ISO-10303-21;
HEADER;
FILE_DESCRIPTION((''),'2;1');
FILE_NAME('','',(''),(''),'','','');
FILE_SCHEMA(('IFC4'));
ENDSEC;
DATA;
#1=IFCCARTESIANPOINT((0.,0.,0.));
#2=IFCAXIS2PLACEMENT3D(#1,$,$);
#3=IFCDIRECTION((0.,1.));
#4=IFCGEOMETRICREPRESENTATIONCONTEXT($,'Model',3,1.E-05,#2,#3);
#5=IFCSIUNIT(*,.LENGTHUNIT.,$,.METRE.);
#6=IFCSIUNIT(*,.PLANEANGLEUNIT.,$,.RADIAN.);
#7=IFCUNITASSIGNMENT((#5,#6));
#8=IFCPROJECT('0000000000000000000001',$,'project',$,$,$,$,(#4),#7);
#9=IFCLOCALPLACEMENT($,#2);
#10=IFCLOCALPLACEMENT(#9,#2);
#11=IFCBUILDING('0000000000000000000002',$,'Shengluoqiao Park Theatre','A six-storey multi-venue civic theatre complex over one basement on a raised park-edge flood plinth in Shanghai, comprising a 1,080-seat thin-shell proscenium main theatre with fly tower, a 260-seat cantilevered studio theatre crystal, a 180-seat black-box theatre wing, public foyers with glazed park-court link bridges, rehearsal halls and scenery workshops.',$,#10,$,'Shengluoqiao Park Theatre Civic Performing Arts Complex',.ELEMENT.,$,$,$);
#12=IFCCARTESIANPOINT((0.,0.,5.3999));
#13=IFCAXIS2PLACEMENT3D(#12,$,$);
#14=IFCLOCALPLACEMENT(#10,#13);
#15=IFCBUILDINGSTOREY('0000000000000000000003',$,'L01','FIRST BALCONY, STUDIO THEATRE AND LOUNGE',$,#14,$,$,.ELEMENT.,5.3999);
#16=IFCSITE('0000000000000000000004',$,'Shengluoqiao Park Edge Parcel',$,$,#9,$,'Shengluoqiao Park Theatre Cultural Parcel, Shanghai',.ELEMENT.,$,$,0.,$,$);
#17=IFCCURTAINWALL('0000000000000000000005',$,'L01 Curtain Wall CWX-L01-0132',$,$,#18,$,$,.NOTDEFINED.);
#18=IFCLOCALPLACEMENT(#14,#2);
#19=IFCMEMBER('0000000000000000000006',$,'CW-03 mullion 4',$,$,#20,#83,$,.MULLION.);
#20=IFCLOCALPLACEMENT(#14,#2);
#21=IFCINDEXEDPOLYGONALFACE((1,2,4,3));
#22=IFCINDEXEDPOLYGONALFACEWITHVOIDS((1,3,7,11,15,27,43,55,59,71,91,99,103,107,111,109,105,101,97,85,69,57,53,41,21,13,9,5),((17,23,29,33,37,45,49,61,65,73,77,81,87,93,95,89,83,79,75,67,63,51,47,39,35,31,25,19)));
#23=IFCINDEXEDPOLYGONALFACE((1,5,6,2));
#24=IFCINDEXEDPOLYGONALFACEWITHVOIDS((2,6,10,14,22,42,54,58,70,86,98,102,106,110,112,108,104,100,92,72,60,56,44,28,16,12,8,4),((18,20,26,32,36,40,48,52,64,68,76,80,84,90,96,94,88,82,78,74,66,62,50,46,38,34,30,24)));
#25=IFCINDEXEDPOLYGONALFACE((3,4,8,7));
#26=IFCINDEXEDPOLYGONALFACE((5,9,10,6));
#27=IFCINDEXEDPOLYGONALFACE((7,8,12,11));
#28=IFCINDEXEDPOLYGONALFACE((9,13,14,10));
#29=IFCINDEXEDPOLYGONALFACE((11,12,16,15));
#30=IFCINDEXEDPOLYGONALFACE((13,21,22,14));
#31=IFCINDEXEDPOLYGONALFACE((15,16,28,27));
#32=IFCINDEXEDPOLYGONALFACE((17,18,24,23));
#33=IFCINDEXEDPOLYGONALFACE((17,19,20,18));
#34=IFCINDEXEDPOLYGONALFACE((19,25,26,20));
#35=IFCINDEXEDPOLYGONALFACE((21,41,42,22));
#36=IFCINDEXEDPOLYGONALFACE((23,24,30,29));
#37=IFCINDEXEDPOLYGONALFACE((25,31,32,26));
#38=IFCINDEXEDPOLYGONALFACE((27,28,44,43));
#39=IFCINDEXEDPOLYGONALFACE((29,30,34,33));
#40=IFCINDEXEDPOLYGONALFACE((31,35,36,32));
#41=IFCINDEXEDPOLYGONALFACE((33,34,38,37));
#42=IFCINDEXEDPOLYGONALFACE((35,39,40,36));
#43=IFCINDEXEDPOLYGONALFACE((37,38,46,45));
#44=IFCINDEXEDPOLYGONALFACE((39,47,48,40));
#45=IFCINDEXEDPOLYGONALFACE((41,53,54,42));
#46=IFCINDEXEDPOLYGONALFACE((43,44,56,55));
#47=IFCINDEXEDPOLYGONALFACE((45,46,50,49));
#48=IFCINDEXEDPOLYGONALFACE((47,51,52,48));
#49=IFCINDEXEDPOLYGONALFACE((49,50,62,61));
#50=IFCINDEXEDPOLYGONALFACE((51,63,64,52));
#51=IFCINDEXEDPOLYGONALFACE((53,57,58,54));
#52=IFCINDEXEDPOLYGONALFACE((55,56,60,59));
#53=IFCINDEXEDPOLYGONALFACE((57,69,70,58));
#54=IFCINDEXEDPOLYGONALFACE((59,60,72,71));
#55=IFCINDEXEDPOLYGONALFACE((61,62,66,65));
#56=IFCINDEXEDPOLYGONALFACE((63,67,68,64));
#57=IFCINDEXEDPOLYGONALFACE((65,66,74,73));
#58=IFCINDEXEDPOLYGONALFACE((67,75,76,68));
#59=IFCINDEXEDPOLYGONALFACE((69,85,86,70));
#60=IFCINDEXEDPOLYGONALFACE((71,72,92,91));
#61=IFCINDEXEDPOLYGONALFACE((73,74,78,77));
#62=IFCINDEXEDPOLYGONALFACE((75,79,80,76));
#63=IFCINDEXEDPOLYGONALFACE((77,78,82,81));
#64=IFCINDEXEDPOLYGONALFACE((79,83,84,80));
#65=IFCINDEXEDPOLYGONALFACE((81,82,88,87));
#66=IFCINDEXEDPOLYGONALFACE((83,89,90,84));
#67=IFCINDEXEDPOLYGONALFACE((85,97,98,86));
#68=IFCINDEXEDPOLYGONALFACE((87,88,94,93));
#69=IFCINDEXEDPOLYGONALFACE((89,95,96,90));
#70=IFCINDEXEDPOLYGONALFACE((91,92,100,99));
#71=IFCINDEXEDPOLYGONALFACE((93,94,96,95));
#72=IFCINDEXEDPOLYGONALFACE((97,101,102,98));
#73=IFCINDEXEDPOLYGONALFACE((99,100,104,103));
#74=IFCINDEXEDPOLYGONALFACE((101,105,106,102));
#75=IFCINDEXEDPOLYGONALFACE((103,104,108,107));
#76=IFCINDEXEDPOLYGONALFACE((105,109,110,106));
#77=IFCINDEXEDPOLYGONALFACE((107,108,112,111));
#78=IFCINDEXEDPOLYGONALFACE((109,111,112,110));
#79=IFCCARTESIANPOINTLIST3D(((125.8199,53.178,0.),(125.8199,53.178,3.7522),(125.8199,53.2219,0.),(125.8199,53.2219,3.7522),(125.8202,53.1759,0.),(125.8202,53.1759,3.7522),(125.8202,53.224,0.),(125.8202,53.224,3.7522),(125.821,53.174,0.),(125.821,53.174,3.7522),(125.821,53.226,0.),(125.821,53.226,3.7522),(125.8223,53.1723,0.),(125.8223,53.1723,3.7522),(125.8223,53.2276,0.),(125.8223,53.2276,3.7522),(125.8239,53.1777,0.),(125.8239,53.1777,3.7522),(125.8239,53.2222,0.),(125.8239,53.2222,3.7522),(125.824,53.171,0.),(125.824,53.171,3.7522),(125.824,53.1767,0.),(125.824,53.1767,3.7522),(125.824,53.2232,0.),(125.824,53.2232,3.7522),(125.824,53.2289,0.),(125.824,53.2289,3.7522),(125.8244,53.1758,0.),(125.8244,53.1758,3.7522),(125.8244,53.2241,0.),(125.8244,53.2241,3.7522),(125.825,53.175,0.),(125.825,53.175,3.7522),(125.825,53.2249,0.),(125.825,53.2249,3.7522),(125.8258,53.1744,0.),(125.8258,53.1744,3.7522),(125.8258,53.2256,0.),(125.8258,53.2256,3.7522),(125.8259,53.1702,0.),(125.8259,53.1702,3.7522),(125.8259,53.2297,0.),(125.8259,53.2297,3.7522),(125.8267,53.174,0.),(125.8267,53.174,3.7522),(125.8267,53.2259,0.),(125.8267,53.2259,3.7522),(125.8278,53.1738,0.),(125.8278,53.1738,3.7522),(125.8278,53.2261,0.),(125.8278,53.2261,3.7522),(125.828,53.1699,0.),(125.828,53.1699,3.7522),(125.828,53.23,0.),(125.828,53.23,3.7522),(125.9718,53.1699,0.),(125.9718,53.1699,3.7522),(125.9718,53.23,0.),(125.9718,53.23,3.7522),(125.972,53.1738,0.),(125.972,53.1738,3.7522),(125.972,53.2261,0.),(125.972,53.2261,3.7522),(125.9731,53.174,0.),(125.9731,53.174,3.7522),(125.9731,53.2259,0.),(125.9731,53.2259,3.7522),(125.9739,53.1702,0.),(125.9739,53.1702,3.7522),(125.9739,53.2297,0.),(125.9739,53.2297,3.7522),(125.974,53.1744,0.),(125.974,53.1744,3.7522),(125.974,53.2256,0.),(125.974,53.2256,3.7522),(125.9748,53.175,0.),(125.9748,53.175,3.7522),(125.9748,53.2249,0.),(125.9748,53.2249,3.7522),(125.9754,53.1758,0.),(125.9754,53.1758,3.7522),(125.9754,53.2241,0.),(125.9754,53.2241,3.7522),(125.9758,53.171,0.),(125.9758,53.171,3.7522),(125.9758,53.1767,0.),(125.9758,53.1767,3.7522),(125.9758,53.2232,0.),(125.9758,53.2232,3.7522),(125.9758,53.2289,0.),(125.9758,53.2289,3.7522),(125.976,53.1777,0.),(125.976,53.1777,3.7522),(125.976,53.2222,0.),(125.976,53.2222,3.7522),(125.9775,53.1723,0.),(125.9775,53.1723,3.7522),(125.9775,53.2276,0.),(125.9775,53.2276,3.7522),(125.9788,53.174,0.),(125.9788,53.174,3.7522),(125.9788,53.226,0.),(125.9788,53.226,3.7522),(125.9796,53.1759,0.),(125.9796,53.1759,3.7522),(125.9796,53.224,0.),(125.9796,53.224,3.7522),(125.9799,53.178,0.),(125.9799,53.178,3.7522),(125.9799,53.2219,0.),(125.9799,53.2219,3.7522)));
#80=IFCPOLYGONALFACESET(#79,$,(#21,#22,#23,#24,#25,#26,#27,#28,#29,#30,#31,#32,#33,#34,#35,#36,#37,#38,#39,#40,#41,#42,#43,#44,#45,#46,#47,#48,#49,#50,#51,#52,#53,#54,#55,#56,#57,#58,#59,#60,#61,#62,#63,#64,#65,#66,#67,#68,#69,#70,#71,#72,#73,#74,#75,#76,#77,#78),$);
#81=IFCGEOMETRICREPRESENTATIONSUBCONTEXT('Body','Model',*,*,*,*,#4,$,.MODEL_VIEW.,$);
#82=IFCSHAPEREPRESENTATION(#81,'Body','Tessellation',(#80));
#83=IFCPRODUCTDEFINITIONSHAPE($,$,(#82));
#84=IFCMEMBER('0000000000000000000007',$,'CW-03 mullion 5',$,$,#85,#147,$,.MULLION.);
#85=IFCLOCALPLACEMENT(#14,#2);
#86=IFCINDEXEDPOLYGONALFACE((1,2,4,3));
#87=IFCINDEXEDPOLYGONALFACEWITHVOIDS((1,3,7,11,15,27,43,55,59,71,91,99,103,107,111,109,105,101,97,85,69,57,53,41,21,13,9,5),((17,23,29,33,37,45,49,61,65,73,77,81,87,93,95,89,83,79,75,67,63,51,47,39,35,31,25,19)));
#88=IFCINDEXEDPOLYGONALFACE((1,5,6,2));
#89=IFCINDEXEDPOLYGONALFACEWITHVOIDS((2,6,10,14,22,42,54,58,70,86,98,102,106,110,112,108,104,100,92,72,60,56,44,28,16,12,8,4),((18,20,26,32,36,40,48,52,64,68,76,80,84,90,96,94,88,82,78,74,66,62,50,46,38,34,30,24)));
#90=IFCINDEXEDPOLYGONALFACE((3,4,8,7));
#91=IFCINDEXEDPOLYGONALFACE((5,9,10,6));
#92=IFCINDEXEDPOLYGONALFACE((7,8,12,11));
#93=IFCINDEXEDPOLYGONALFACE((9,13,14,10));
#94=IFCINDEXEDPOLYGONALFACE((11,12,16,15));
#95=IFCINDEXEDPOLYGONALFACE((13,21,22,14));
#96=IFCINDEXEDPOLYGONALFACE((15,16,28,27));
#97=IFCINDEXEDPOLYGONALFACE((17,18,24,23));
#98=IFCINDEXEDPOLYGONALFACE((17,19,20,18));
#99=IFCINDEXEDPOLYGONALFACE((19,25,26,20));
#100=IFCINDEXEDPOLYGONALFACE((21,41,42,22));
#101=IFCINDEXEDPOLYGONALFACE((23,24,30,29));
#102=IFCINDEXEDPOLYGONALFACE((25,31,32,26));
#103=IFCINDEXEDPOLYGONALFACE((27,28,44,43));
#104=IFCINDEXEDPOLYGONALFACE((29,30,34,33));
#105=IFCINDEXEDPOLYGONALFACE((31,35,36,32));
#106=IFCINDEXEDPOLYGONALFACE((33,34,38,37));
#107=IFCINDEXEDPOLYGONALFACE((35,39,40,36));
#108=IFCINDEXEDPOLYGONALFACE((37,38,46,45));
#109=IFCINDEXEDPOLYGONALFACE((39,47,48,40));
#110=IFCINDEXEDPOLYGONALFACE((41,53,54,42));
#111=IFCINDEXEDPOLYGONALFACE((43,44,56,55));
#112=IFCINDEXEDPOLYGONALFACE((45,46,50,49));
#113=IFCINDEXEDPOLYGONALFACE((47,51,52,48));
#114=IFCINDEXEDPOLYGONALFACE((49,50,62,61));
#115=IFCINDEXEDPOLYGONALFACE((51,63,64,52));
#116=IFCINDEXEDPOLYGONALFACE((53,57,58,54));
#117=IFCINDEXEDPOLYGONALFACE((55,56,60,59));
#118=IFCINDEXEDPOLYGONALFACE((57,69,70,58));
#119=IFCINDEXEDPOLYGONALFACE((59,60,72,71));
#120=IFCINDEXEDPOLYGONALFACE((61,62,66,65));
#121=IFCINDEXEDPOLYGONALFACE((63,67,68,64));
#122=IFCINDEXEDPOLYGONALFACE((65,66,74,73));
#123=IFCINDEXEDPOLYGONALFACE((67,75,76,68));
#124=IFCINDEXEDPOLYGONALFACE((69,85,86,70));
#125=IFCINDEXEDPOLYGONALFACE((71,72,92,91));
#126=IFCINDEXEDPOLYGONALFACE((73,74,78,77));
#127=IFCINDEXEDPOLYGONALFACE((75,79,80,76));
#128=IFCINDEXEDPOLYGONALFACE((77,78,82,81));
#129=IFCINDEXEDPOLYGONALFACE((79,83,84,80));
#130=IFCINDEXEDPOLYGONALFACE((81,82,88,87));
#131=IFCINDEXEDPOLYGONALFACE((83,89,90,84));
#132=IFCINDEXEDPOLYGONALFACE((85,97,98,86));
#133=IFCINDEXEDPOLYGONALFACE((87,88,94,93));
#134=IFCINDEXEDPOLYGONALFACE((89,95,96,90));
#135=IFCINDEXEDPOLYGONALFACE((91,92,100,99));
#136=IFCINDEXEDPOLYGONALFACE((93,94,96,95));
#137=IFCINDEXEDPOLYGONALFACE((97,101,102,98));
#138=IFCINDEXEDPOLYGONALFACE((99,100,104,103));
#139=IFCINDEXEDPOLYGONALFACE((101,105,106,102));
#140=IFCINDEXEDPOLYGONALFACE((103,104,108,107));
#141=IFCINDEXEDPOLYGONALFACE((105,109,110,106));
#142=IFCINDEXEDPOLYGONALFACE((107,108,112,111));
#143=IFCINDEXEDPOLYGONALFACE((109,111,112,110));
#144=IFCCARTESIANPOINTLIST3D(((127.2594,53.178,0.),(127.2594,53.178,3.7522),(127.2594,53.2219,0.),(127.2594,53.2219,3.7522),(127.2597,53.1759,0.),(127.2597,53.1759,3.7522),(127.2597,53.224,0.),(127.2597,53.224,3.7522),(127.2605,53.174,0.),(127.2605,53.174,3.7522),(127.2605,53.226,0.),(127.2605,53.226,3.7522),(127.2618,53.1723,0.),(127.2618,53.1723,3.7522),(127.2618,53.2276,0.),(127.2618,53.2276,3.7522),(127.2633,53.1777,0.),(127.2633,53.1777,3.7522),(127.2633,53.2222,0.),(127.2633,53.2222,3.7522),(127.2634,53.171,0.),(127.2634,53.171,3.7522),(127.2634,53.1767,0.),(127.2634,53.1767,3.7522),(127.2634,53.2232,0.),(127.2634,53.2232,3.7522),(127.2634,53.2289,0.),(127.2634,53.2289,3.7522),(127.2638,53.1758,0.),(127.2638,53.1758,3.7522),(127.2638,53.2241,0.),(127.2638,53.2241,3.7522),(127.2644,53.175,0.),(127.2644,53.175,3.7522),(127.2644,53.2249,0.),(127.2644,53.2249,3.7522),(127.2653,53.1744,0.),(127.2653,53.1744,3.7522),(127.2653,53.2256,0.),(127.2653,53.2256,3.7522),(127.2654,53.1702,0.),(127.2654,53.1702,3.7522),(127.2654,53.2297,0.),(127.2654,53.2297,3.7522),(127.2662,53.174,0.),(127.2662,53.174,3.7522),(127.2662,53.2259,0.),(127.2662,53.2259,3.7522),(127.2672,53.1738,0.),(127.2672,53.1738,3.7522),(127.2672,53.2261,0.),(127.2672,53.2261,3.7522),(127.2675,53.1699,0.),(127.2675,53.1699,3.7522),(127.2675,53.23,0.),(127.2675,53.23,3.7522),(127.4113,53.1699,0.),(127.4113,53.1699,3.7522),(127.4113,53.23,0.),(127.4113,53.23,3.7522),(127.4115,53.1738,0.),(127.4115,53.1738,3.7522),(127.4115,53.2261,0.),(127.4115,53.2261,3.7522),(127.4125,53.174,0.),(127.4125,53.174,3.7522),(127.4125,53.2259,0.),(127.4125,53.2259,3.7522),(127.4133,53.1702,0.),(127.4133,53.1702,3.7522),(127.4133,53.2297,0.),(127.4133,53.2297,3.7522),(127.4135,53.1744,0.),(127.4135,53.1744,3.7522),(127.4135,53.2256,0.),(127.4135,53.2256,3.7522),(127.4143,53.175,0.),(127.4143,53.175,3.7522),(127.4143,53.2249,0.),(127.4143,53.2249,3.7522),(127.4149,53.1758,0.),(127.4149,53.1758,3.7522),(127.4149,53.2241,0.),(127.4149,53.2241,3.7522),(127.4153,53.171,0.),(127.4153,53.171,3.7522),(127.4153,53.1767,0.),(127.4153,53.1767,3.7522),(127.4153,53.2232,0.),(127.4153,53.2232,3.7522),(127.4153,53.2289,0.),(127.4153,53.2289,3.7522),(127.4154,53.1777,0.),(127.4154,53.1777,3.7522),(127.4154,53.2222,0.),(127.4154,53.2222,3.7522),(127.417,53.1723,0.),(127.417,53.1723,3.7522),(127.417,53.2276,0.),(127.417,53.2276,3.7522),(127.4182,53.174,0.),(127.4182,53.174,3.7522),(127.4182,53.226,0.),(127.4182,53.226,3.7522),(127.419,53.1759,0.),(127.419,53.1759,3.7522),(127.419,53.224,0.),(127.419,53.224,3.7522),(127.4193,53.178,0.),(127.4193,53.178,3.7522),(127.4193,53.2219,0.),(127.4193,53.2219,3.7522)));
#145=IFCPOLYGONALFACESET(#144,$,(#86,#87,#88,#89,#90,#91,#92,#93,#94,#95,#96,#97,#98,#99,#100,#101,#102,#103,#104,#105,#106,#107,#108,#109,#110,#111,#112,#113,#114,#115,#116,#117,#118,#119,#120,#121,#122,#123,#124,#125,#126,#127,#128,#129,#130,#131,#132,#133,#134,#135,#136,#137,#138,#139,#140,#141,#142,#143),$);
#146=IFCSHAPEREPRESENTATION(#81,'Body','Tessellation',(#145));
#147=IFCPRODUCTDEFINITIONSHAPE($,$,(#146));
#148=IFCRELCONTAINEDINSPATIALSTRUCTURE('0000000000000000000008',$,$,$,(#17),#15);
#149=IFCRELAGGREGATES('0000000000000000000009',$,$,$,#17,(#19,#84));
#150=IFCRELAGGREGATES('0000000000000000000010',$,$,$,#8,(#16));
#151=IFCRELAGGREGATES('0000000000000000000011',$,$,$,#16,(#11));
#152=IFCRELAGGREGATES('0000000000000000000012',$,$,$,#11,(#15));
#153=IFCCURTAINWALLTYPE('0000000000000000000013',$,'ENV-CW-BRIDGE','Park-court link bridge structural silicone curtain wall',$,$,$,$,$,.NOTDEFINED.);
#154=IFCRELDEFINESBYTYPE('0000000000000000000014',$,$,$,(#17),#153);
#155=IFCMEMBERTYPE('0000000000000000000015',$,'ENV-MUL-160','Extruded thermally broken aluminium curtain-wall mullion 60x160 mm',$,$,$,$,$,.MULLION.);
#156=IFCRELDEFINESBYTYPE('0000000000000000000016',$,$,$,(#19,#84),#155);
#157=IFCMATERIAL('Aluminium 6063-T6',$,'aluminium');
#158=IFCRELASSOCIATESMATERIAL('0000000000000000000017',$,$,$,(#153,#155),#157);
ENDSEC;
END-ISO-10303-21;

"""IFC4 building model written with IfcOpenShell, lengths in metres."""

from ifc_helpers import new_model, si_unit, direction, frame, origin, origin_2d, place, context, subcontext, project, spatial, hollow_rectangle, extrude, material, material_profile, profile_set, type_object, element, aggregate, save


model = new_model("IFC4")

# Units and contexts
model_context = context("Model", 3, precision=1e-05, world=origin(), true_north=direction((0.0, 1.0)))
body_context = subcontext(model_context, "Body", "Model", "MODEL_VIEW")
ifc_project = project(units=[si_unit("LENGTHUNIT", "METRE"), si_unit("PLANEANGLEUNIT", "RADIAN")], contexts=[model_context])

# Site, building, storey
site_placement = place(None, origin())
site = spatial("IfcSite", under=ifc_project, at=site_placement, Name="Shengluoqiao Park Edge Parcel", LongName="Shengluoqiao Park Theatre Cultural Parcel, Shanghai", CompositionType="ELEMENT", RefElevation=0.0)
building_placement = place(site_placement, origin())
building = spatial("IfcBuilding", under=site, at=building_placement, Name="Shengluoqiao Park Theatre", Description="A six-storey multi-venue civic theatre complex over one basement on a raised park-edge flood plinth in Shanghai, comprising a 1,080-seat thin-shell proscenium main theatre with fly tower, a 260-seat cantilevered studio theatre crystal, a 180-seat black-box theatre wing, public foyers with glazed park-court link bridges, rehearsal halls and scenery workshops.", LongName="Shengluoqiao Park Theatre Civic Performing Arts Complex", CompositionType="ELEMENT")
storey_placement = place(building_placement, frame((0.0, 0.0, 5.3999)))
storey = spatial("IfcBuildingStorey", under=building, at=storey_placement, Name="L01", Description="FIRST BALCONY, STUDIO THEATRE AND LOUNGE", CompositionType="ELEMENT", Elevation=5.3999)

# Curtain wall, members
ifc_material_1 = material(Name="Aluminium 6063-T6", Category="aluminium")
curtain_wall_type = type_object("IfcCurtainWallType", Name="ENV-CW-BRIDGE", Description="Park-court link bridge structural silicone curtain wall", PredefinedType="NOTDEFINED", material=ifc_material_1)
curtain_wall_placement = place(storey_placement, origin())
curtain_wall = element("IfcCurtainWall", 1, at=curtain_wall_placement, inside=storey, type_object=curtain_wall_type, Name="L01 Curtain Wall CWX-L01-0132", PredefinedType="NOTDEFINED")
ifc_material_profile_1 = material_profile(ifc_material_1, hollow_rectangle(XDim=0.0601, YDim=0.1599, WallThickness=0.0039, InnerFilletRadius=0.0039, OuterFilletRadius=0.0081, at=origin_2d()), Name="ALU MULLION 160x60x4")
ifc_profile_set_1 = profile_set([ifc_material_profile_1], Name="Aluminium 6063-T6")
member_type_1 = type_object("IfcMemberType", Name="ENV-MUL-160", Description="Extruded thermally broken aluminium curtain-wall mullion 60x160 mm", PredefinedType="MULLION", material=ifc_profile_set_1)
member_1_placement = place(storey_placement, frame((125.8999, 53.2, 0.0), z_axis=(0.0, 0.0, 1.0), x_axis=(0.0, 1.0, 0.0)))
member_1 = element("IfcMember", 2, at=member_1_placement, type_object=member_type_1, Name="CW-03 mullion 4", PredefinedType="MULLION", context=body_context, shape_type="SweptSolid", body=[
    extrude(hollow_rectangle(XDim=0.0601, YDim=0.1599, WallThickness=0.0039, InnerFilletRadius=0.0039, OuterFilletRadius=0.0081, at=origin_2d()), origin(), (0.0, 0.0, 1.0), 3.7522),
])
member_2_placement = place(storey_placement, frame((127.3394, 53.2, 0.0), z_axis=(0.0, 0.0, 1.0), x_axis=(0.0, 1.0, 0.0)))
member_2 = element("IfcMember", 3, at=member_2_placement, type_object=member_type_1, Name="CW-03 mullion 5", PredefinedType="MULLION", context=body_context, shape_type="SweptSolid", body=[
    extrude(hollow_rectangle(XDim=0.0601, YDim=0.1599, WallThickness=0.0039, InnerFilletRadius=0.0039, OuterFilletRadius=0.0081, at=origin_2d()), origin(), (0.0, 0.0, 1.0), 3.7522),
])

aggregate(curtain_wall, [member_1, member_2])

save(model, "model.ifc")
